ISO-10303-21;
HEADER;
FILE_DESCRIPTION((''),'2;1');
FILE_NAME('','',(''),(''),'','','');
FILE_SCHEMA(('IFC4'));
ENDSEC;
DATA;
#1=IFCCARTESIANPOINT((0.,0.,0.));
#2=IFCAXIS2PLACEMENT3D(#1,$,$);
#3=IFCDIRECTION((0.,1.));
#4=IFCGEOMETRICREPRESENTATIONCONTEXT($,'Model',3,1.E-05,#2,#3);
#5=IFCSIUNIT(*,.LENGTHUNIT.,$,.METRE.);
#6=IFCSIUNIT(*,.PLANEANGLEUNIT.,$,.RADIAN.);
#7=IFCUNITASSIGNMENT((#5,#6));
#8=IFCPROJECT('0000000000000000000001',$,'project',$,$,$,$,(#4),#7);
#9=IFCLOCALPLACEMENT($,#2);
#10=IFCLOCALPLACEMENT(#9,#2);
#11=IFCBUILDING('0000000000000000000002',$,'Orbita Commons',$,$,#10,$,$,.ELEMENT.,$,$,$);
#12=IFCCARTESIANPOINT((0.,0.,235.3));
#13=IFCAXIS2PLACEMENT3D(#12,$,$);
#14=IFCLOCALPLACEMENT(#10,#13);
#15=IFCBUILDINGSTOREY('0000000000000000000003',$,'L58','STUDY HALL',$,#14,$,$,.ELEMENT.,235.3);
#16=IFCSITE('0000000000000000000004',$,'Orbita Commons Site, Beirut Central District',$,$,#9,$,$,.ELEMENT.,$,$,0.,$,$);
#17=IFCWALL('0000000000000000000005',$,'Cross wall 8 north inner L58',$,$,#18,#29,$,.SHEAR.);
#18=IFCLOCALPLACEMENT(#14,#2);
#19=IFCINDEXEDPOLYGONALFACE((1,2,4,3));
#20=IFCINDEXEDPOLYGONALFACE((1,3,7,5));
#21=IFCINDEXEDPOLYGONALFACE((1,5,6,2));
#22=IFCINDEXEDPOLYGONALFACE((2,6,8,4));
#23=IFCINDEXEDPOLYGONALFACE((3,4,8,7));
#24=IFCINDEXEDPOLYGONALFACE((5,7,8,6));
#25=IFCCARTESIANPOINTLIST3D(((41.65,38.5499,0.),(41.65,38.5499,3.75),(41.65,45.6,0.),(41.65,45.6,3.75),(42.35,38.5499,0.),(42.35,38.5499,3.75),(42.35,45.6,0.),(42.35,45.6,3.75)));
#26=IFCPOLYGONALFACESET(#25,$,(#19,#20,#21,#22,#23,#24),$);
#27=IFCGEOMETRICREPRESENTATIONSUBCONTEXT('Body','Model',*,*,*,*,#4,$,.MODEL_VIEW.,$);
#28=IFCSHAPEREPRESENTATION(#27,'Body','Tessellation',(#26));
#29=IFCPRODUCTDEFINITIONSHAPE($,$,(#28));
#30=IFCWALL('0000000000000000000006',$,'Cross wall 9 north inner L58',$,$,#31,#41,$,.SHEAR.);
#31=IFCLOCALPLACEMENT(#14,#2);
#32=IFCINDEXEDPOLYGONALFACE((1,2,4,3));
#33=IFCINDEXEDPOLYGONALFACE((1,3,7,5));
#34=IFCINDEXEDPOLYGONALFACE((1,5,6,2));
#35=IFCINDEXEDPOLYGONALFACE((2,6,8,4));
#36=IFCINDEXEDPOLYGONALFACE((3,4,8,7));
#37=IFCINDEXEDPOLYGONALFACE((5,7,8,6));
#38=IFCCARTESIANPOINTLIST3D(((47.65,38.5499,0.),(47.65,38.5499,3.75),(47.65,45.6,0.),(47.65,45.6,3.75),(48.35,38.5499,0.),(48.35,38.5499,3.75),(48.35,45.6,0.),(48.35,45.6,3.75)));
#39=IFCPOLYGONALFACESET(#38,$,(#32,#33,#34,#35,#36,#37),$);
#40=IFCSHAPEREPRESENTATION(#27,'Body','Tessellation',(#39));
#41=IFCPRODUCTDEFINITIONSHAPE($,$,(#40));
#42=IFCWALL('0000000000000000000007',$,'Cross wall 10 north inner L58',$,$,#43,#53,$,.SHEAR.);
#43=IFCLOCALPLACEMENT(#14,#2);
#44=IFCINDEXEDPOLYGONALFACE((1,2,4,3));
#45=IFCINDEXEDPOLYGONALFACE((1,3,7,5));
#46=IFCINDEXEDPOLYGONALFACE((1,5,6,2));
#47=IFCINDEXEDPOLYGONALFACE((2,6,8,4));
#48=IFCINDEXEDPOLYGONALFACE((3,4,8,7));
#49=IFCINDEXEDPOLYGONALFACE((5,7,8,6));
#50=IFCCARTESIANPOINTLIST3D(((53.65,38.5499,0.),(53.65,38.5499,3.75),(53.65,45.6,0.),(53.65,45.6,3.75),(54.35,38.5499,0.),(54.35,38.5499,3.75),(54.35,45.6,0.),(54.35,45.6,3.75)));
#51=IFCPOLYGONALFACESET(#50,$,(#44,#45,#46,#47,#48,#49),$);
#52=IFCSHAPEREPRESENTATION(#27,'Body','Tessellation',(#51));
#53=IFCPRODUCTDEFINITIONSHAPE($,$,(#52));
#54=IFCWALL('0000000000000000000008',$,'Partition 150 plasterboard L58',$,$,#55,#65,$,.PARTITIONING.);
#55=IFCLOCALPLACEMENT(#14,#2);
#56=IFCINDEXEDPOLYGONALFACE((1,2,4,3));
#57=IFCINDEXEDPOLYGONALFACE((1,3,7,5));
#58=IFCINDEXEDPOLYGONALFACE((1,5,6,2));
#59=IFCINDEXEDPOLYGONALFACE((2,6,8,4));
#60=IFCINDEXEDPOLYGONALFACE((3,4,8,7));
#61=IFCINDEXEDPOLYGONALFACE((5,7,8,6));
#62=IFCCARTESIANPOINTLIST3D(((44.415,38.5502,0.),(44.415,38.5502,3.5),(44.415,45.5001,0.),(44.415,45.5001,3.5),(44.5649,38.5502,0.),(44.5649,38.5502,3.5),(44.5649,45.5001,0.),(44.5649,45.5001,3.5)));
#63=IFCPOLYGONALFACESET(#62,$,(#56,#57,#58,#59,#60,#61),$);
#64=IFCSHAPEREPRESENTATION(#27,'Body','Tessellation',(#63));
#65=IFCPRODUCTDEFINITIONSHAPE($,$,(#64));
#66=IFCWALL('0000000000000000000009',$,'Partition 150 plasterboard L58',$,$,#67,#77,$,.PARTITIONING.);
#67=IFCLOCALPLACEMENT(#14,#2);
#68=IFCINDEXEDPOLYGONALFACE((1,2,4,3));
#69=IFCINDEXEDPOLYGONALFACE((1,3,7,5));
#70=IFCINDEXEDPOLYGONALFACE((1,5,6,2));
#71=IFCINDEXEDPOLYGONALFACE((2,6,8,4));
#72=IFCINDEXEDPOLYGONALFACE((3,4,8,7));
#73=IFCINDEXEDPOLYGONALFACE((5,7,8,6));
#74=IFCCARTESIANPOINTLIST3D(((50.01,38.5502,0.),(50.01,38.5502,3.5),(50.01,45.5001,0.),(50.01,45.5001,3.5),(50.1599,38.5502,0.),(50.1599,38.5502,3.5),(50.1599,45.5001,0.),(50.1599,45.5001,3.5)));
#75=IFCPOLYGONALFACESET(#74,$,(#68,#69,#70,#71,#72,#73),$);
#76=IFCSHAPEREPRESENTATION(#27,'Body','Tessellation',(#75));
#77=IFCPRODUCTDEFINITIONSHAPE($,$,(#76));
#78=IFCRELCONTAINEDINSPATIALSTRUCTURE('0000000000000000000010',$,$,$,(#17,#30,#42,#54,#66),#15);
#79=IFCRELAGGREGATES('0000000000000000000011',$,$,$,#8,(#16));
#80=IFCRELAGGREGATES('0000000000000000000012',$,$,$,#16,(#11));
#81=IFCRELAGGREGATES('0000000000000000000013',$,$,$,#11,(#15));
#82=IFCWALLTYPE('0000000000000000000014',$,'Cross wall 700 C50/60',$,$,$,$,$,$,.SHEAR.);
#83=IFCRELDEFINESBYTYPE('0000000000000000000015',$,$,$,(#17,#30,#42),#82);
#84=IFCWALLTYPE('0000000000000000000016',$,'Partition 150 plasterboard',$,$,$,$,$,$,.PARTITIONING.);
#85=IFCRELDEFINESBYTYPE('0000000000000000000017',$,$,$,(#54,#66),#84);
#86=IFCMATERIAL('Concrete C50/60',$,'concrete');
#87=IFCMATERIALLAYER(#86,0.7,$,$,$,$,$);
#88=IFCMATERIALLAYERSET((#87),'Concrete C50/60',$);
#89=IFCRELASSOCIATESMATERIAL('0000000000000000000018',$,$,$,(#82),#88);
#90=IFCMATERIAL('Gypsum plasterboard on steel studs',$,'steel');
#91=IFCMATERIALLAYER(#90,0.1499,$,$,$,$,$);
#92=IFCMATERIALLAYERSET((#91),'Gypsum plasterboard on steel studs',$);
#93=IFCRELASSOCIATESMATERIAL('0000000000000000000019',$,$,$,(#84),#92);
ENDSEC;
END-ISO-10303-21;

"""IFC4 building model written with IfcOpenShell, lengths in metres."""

from ifc_helpers import new_model, si_unit, direction, frame, frame_2d, origin, place, context, subcontext, project, spatial, rectangle, extrude, material, layer, layer_set, type_object, element, save


model = new_model("IFC4")

# Units and contexts
model_context = context("Model", 3, precision=1e-05, world=origin(), true_north=direction((0.0, 1.0)))
body_context = subcontext(model_context, "Body", "Model", "MODEL_VIEW")
ifc_project = project(units=[si_unit("LENGTHUNIT", "METRE"), si_unit("PLANEANGLEUNIT", "RADIAN")], contexts=[model_context])

# Site, building, storey
site_placement = place(None, origin())
site = spatial("IfcSite", under=ifc_project, at=site_placement, Name="Orbita Commons Site, Beirut Central District", CompositionType="ELEMENT", RefElevation=0.0)
building_placement = place(site_placement, origin())
building = spatial("IfcBuilding", under=site, at=building_placement, Name="Orbita Commons", CompositionType="ELEMENT")
storey_placement = place(building_placement, frame((0.0, 0.0, 235.3)))
storey = spatial("IfcBuildingStorey", under=building, at=storey_placement, Name="L58", Description="STUDY HALL", CompositionType="ELEMENT", Elevation=235.3)

# Walls
ifc_material_1 = material(Name="Concrete C50/60", Category="concrete")
ifc_layer_1 = layer(ifc_material_1, 0.7)
ifc_layer_set_1 = layer_set([ifc_layer_1], Name="Concrete C50/60")
wall_type_1 = type_object("IfcWallType", Name="Cross wall 700 C50/60", PredefinedType="SHEAR", material=ifc_layer_set_1)
for number, where, z_axis, x_axis, name in (
    (1, (42.0, 38.55, 0.0), (0.0, 0.0, 1.0), (0.0, 1.0, 0.0), "Cross wall 8 north inner L58"),
    (2, (48.0, 38.55, 0.0), (0.0, 0.0, 1.0), (0.0, 1.0, 0.0), "Cross wall 9 north inner L58"),
    (3, (54.0, 38.55, 0.0), (0.0, 0.0, 1.0), (0.0, 1.0, 0.0), "Cross wall 10 north inner L58"),
):
    element("IfcWall", number, at=place(storey_placement, frame(where, z_axis=z_axis, x_axis=x_axis)), inside=storey, type_object=wall_type_1, Name=name, PredefinedType="SHEAR", context=body_context, shape_type="SweptSolid", body=[
        extrude(rectangle(XDim=7.05, YDim=0.7, at=frame_2d((3.5249, 0.0))), origin(), (0.0, 0.0, 1.0), 3.75),
    ])
ifc_material_2 = material(Name="Gypsum plasterboard on steel studs", Category="steel")
ifc_layer_2 = layer(ifc_material_2, 0.1499)
ifc_layer_set_2 = layer_set([ifc_layer_2], Name="Gypsum plasterboard on steel studs")
wall_type_2 = type_object("IfcWallType", Name="Partition 150 plasterboard", PredefinedType="PARTITIONING", material=ifc_layer_set_2)
for number, where, z_axis, x_axis, name in (
    (4, (44.49, 38.55, 0.0), (0.0, 0.0, 1.0), (0.0, 1.0, 0.0), "Partition 150 plasterboard L58"),
    (5, (50.085, 38.55, 0.0), (0.0, 0.0, 1.0), (0.0, 1.0, 0.0), "Partition 150 plasterboard L58"),
):
    element("IfcWall", number, at=place(storey_placement, frame(where, z_axis=z_axis, x_axis=x_axis)), inside=storey, type_object=wall_type_2, Name=name, PredefinedType="PARTITIONING", context=body_context, shape_type="SweptSolid", body=[
        extrude(rectangle(XDim=6.95, YDim=0.1499, at=frame_2d((3.4751, 0.0))), origin(), (0.0, 0.0, 1.0), 3.5),
    ])

save(model, "model.ifc")
